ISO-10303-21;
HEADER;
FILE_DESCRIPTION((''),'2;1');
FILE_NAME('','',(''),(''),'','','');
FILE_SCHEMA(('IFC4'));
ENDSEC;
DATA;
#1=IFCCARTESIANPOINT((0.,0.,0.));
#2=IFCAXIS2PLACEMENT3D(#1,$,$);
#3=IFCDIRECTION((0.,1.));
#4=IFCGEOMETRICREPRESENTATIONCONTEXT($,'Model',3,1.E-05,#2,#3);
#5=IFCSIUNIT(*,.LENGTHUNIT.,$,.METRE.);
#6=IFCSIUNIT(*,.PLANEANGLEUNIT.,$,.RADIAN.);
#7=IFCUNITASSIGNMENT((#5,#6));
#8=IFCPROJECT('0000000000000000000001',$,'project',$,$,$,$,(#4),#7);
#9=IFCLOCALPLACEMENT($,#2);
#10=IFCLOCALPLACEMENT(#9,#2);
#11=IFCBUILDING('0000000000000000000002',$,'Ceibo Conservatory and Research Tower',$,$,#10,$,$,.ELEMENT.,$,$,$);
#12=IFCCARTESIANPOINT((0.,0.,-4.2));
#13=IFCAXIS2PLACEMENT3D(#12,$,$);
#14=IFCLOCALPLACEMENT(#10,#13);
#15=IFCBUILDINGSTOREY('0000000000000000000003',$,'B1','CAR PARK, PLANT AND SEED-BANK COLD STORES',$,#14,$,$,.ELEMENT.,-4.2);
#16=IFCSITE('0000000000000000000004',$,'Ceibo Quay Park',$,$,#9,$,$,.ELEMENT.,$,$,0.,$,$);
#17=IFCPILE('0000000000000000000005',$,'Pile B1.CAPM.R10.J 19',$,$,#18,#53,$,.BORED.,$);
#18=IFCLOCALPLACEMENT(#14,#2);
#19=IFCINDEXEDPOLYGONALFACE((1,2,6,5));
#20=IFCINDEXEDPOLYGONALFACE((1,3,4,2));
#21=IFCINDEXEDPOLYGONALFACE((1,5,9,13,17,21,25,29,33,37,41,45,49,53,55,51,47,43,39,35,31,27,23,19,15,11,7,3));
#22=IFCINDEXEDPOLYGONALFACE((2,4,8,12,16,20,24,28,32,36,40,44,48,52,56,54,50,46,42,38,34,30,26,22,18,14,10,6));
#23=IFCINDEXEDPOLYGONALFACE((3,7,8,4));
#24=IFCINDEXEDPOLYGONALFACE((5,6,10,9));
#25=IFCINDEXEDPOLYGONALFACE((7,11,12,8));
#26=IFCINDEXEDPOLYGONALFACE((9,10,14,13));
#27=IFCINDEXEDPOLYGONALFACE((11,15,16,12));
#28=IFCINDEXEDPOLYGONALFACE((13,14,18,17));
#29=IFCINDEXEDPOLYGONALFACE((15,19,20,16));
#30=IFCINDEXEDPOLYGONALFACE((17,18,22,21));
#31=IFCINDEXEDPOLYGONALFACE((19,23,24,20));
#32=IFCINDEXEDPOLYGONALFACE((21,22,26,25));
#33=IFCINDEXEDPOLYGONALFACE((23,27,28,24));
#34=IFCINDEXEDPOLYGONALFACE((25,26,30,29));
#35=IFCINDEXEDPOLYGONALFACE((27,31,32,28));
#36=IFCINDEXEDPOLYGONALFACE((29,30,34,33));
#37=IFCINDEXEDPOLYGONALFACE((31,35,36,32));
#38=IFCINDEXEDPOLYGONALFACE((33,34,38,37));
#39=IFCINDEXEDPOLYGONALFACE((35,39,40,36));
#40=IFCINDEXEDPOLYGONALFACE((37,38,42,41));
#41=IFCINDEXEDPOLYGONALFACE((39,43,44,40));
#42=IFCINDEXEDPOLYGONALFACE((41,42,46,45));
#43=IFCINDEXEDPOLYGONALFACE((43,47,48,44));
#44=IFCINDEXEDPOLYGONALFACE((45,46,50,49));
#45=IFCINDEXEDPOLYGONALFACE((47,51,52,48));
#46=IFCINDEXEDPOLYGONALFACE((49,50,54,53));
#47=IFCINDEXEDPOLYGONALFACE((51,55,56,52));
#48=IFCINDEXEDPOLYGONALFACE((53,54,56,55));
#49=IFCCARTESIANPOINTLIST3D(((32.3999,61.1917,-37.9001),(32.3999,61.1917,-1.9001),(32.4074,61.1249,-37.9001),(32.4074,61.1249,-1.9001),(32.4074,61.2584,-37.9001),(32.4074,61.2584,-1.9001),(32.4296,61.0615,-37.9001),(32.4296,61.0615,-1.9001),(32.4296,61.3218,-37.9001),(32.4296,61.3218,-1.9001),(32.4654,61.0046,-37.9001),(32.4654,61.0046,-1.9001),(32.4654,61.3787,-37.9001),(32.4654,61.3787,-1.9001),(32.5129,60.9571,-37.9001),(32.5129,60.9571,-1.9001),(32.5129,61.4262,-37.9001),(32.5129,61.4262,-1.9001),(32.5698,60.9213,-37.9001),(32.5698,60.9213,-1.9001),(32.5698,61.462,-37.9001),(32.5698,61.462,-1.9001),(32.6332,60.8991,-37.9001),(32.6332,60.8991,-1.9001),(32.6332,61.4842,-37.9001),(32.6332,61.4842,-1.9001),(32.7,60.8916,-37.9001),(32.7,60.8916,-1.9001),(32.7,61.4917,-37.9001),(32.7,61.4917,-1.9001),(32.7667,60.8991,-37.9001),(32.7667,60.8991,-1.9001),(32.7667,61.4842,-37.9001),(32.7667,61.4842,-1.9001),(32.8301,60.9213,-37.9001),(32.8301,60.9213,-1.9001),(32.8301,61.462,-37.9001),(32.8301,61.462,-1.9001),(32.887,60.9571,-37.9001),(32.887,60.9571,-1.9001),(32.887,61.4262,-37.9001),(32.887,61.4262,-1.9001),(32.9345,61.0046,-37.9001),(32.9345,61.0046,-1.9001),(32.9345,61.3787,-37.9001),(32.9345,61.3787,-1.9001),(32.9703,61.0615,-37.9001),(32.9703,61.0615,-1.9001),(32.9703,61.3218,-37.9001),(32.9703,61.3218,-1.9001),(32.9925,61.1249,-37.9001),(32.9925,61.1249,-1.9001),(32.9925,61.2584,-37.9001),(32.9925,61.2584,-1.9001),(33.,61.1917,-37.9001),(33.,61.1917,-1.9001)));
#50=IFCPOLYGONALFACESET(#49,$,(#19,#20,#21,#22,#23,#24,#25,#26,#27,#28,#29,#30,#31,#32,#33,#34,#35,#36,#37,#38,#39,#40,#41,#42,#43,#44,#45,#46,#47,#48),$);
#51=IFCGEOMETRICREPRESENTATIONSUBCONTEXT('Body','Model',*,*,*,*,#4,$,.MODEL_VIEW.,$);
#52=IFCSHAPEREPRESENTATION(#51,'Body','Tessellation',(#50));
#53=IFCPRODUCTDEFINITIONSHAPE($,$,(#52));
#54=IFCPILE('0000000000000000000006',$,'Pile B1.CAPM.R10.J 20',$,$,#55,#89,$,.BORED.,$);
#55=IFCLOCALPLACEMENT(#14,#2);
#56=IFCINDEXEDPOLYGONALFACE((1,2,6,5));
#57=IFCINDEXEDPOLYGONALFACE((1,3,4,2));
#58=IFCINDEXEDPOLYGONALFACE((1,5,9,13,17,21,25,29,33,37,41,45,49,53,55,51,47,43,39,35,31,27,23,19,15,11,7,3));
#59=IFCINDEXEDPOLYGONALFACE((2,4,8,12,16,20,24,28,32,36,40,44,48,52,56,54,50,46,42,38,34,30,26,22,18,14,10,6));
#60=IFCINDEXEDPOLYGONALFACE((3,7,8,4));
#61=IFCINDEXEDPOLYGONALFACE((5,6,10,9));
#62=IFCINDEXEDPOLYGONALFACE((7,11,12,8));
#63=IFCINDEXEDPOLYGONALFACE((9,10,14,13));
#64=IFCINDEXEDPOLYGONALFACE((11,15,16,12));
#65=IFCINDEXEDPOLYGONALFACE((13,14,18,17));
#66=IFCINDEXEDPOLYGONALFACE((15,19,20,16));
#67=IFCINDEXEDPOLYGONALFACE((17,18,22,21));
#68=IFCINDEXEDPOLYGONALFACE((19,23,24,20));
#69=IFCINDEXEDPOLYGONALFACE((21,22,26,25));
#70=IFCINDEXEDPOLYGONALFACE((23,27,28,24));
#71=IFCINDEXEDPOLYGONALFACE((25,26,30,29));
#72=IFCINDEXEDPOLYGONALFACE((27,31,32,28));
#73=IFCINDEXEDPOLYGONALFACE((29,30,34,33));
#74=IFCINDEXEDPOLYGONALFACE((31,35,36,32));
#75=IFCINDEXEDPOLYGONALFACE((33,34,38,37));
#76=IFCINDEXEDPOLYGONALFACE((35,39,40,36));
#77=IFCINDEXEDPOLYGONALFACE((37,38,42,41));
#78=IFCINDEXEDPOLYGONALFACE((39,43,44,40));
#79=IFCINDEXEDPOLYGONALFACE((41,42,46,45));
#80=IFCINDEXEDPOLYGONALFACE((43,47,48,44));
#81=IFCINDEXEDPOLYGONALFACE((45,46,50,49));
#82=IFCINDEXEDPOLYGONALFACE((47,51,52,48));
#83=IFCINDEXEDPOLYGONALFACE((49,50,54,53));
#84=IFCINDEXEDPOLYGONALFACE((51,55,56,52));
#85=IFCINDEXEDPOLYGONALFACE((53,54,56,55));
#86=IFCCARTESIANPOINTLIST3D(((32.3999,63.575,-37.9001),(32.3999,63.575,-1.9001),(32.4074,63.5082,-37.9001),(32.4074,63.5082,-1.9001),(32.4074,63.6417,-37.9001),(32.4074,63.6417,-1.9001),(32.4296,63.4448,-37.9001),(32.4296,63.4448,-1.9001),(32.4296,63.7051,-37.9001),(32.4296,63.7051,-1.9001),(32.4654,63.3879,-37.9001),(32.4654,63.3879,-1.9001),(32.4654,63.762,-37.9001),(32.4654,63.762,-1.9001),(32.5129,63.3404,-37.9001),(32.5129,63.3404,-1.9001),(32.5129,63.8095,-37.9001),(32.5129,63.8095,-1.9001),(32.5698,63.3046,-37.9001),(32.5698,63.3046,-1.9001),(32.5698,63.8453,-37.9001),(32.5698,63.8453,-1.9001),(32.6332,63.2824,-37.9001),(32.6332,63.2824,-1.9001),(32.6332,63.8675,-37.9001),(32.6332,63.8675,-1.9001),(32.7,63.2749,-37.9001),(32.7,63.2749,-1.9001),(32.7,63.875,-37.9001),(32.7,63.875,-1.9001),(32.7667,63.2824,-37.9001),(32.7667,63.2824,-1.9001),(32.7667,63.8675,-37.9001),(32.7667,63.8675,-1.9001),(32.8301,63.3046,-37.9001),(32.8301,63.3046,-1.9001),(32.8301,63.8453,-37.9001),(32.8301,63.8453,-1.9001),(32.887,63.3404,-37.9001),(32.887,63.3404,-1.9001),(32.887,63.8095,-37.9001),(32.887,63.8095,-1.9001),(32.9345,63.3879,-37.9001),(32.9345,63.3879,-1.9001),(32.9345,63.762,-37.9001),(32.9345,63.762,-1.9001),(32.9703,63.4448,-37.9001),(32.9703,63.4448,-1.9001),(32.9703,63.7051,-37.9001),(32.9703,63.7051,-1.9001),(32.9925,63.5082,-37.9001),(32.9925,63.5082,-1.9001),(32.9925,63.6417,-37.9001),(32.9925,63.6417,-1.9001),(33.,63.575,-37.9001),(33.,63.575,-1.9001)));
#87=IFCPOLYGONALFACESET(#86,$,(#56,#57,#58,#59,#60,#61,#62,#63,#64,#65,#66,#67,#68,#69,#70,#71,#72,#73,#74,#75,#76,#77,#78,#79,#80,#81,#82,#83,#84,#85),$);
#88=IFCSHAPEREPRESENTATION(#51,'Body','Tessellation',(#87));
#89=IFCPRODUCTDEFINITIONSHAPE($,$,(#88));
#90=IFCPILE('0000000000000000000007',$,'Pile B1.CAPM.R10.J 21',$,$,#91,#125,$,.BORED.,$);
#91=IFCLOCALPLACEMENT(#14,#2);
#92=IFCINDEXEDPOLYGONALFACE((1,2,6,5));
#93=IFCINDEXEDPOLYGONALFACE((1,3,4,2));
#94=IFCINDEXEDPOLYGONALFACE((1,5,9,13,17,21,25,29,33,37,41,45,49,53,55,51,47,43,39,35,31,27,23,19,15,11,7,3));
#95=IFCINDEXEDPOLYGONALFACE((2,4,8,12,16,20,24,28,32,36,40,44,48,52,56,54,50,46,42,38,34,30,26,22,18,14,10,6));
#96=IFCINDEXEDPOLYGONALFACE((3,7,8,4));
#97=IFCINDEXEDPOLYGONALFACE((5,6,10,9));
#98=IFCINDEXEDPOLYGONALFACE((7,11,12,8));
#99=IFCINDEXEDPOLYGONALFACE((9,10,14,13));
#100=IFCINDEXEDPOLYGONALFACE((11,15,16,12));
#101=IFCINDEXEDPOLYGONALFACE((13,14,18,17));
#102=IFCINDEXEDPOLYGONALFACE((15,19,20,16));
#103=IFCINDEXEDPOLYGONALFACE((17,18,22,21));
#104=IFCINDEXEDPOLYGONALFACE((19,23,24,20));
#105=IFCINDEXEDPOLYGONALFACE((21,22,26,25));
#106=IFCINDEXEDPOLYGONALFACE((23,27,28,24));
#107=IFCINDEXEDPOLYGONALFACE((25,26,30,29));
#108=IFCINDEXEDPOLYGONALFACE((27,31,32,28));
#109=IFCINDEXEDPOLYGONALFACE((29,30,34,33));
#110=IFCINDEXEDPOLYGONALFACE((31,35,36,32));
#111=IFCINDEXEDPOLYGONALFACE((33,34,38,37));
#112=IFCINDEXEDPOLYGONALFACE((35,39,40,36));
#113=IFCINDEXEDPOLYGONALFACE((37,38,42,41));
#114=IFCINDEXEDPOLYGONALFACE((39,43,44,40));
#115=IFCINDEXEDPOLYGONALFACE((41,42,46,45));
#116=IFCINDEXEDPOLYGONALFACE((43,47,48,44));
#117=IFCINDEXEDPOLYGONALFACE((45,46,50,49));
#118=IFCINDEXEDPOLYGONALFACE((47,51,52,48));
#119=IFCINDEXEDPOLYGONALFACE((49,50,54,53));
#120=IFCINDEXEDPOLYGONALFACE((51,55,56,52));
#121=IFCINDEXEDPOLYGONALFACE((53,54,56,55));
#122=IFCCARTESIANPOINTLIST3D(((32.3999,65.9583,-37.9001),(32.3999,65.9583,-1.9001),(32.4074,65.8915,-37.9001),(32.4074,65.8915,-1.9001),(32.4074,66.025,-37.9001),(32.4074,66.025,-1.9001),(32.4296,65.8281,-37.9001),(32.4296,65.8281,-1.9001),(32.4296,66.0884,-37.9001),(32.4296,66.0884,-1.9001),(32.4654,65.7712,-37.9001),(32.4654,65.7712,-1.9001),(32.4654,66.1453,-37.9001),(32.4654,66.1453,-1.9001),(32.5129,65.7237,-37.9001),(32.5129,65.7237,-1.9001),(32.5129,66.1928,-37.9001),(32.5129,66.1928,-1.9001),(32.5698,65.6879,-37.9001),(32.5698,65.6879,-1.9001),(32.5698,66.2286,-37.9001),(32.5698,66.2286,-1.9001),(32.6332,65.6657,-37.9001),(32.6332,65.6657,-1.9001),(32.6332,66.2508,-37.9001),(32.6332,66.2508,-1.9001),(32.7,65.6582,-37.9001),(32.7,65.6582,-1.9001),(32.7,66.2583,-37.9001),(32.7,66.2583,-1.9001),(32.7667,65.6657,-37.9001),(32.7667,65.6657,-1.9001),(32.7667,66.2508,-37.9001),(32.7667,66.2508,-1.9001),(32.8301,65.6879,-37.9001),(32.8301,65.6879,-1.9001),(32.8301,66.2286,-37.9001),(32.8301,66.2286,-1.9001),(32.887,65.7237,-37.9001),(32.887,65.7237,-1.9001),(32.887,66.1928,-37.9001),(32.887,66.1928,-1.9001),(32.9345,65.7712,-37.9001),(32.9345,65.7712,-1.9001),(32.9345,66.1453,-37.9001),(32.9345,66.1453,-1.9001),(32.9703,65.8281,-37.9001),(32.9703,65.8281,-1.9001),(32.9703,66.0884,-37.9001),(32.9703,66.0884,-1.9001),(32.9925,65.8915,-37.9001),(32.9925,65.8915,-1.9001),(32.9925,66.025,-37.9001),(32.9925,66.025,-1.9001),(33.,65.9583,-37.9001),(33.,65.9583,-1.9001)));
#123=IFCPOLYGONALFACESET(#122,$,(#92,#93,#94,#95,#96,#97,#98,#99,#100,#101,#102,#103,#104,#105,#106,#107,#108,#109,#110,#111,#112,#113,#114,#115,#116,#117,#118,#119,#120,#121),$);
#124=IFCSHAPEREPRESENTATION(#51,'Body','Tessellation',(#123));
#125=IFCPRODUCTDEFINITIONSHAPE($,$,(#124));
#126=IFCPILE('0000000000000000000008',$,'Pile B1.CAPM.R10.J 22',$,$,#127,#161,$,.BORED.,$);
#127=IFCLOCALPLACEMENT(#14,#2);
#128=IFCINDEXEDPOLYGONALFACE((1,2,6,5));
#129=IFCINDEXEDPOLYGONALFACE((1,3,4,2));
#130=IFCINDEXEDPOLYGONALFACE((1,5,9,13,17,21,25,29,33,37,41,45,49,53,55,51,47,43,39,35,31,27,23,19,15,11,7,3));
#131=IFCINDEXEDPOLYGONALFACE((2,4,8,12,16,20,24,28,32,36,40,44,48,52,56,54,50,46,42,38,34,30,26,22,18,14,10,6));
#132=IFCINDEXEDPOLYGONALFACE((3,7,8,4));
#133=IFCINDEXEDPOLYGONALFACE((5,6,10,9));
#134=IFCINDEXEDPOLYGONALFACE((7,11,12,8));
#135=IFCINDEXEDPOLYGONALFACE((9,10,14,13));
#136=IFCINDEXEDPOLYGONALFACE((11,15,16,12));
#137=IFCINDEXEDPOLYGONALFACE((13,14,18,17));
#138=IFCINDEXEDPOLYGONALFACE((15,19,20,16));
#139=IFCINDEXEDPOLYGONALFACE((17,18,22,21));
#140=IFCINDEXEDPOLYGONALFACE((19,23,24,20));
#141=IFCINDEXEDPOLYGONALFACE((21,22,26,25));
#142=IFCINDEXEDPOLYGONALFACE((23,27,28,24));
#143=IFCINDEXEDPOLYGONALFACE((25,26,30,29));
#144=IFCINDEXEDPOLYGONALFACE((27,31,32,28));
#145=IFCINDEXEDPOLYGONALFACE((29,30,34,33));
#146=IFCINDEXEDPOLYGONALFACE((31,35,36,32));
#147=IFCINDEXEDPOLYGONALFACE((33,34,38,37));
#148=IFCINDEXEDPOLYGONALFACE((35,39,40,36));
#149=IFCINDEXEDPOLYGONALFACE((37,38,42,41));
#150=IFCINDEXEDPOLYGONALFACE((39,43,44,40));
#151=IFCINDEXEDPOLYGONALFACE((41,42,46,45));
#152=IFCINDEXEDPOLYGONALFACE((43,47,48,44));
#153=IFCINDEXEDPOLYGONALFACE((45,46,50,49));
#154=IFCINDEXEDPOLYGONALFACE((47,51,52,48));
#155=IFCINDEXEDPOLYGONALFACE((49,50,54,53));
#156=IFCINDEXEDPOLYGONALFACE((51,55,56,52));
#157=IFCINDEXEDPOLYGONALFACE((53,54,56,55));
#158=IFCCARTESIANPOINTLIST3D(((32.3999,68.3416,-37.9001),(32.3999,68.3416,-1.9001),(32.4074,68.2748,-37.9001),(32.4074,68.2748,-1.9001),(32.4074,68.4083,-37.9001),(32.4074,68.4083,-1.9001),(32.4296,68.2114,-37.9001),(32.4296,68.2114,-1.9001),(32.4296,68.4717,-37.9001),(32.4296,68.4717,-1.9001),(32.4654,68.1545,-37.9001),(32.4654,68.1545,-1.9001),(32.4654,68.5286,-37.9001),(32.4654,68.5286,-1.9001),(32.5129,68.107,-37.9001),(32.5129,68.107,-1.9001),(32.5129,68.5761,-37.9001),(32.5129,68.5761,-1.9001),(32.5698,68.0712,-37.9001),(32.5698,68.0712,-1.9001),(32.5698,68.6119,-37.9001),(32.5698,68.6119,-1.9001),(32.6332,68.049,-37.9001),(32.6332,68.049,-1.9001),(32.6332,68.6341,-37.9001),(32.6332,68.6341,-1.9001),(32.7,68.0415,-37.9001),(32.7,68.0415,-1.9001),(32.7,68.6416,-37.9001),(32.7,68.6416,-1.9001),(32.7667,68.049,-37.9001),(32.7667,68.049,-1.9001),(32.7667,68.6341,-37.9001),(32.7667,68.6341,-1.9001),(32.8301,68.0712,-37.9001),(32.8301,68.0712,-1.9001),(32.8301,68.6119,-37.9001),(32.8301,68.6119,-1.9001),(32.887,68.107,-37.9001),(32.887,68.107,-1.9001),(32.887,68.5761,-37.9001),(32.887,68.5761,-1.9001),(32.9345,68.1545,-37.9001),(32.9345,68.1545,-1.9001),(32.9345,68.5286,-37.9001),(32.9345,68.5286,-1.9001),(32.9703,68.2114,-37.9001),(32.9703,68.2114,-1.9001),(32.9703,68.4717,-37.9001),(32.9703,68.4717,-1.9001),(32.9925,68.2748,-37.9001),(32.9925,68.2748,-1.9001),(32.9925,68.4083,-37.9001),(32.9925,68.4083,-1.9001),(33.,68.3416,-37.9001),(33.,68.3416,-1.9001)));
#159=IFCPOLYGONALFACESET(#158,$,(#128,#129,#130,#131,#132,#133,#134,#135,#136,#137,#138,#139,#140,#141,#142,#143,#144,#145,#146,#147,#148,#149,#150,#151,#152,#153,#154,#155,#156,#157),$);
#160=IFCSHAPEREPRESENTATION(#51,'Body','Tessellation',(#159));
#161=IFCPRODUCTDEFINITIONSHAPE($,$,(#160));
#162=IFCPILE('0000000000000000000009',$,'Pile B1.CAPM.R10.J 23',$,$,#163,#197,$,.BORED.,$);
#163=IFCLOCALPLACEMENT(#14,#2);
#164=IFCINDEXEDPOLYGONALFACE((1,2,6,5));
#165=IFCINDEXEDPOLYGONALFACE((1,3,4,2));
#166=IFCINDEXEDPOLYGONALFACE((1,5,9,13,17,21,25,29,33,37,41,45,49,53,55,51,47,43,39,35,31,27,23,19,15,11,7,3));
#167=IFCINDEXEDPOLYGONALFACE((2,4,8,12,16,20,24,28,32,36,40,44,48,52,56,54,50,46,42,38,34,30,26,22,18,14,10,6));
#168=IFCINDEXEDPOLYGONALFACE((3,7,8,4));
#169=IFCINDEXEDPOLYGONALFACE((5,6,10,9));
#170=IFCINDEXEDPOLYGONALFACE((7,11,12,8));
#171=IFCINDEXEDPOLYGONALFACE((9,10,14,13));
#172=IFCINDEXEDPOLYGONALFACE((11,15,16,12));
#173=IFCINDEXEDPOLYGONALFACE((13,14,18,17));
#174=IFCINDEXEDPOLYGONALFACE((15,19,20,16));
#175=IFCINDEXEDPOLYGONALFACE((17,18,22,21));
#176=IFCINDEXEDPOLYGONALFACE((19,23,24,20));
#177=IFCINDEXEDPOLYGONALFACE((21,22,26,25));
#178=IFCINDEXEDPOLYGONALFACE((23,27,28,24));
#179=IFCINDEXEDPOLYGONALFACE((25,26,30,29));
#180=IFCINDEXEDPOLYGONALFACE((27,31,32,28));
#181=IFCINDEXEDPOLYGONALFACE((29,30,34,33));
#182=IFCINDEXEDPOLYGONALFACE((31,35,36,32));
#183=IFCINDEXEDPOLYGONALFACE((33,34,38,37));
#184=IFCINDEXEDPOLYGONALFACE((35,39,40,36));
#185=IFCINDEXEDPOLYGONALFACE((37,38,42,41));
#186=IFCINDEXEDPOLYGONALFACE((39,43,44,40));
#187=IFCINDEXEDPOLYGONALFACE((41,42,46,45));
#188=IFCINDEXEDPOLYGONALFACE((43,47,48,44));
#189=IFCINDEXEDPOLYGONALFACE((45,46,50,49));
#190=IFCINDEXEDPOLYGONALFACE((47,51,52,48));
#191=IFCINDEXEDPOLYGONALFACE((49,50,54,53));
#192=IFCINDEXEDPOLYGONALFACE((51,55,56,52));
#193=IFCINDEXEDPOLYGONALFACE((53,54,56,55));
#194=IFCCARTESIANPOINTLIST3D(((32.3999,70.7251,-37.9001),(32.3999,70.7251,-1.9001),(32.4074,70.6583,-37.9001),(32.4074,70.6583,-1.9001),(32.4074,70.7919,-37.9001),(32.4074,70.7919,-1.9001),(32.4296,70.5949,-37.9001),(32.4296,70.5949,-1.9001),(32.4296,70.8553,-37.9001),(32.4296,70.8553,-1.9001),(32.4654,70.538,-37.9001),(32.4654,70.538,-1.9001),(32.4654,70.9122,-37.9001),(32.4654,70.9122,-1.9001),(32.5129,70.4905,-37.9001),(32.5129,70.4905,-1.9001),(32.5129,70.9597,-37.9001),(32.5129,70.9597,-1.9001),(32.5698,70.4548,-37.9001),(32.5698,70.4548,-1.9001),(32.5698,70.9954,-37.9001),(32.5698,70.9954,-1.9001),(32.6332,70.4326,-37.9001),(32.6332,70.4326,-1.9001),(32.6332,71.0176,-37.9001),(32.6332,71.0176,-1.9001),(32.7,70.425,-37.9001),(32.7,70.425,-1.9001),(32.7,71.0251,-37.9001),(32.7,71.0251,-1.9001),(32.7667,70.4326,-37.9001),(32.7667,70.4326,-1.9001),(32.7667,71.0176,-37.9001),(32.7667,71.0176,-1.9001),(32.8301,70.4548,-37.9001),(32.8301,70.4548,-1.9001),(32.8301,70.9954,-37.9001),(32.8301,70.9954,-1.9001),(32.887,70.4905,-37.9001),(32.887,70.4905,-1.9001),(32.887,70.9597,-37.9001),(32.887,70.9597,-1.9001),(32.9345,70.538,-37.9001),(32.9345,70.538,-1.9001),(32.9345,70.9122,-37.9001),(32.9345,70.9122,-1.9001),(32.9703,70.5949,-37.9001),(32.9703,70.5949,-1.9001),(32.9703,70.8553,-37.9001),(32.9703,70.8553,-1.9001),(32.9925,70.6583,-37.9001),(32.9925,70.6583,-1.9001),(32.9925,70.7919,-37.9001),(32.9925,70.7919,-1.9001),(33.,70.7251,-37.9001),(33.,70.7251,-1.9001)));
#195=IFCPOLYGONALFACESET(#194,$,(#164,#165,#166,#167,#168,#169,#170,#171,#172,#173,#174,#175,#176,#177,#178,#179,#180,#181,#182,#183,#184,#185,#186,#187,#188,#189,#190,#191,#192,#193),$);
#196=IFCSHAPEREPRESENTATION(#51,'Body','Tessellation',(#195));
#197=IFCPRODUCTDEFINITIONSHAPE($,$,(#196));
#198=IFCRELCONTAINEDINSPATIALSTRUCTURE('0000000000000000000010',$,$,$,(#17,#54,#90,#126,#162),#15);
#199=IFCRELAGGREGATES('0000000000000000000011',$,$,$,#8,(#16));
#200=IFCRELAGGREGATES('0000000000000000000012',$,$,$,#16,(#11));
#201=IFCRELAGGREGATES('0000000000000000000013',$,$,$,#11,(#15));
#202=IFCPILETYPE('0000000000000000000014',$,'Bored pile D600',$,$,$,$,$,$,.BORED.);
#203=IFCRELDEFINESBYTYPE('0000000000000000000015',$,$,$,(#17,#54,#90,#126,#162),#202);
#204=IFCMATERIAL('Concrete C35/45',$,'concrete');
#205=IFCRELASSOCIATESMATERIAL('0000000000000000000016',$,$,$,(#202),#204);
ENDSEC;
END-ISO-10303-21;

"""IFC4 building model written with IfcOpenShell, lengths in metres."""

from ifc_helpers import new_model, si_unit, direction, frame, origin, origin_2d, place, context, subcontext, project, spatial, circle, extrude, material, material_profile, profile_set, type_object, element, save


model = new_model("IFC4")

# Units and contexts
model_context = context("Model", 3, precision=1e-05, world=origin(), true_north=direction((0.0, 1.0)))
body_context = subcontext(model_context, "Body", "Model", "MODEL_VIEW")
ifc_project = project(units=[si_unit("LENGTHUNIT", "METRE"), si_unit("PLANEANGLEUNIT", "RADIAN")], contexts=[model_context])

# Site, building, storey
site_placement = place(None, origin())
site = spatial("IfcSite", under=ifc_project, at=site_placement, Name="Ceibo Quay Park", CompositionType="ELEMENT", RefElevation=0.0)
building_placement = place(site_placement, origin())
building = spatial("IfcBuilding", under=site, at=building_placement, Name="Ceibo Conservatory and Research Tower", CompositionType="ELEMENT")
storey_placement = place(building_placement, frame((0.0, 0.0, -4.2)))
storey = spatial("IfcBuildingStorey", under=building, at=storey_placement, Name="B1", Description="CAR PARK, PLANT AND SEED-BANK COLD STORES", CompositionType="ELEMENT", Elevation=-4.2)

# Piles
ifc_material_1 = material(Name="Concrete C35/45", Category="concrete")
ifc_material_profile = material_profile(ifc_material_1, circle(Radius=0.3, at=origin_2d()), Name="RC D600")
ifc_profile_set = profile_set([ifc_material_profile], Name="Concrete C35/45")
pile_type = type_object("IfcPileType", Name="Bored pile D600", PredefinedType="BORED", material=ifc_profile_set)
for number, where, z_axis, x_axis, name in (
    (1, (32.7, 61.1917, -1.9001), (0.0, 0.0, -1.0), (1.0, 0.0, 0.0), "Pile B1.CAPM.R10.J 19"),
    (2, (32.7, 63.575, -1.9001), (0.0, 0.0, -1.0), (1.0, 0.0, 0.0), "Pile B1.CAPM.R10.J 20"),
    (3, (32.7, 65.9583, -1.9001), (0.0, 0.0, -1.0), (1.0, 0.0, 0.0), "Pile B1.CAPM.R10.J 21"),
    (4, (32.7, 68.3416, -1.9001), (0.0, 0.0, -1.0), (1.0, 0.0, 0.0), "Pile B1.CAPM.R10.J 22"),
    (5, (32.7, 70.7251, -1.9001), (0.0, 0.0, -1.0), (1.0, 0.0, 0.0), "Pile B1.CAPM.R10.J 23"),
):
    element("IfcPile", number, at=place(storey_placement, frame(where, z_axis=z_axis, x_axis=x_axis)), inside=storey, type_object=pile_type, Name=name, PredefinedType="BORED", context=body_context, shape_type="SweptSolid", body=[
        extrude(circle(Radius=0.3, at=origin_2d()), origin(), (0.0, 0.0, 1.0), 36.0),
    ])

save(model, "model.ifc")
